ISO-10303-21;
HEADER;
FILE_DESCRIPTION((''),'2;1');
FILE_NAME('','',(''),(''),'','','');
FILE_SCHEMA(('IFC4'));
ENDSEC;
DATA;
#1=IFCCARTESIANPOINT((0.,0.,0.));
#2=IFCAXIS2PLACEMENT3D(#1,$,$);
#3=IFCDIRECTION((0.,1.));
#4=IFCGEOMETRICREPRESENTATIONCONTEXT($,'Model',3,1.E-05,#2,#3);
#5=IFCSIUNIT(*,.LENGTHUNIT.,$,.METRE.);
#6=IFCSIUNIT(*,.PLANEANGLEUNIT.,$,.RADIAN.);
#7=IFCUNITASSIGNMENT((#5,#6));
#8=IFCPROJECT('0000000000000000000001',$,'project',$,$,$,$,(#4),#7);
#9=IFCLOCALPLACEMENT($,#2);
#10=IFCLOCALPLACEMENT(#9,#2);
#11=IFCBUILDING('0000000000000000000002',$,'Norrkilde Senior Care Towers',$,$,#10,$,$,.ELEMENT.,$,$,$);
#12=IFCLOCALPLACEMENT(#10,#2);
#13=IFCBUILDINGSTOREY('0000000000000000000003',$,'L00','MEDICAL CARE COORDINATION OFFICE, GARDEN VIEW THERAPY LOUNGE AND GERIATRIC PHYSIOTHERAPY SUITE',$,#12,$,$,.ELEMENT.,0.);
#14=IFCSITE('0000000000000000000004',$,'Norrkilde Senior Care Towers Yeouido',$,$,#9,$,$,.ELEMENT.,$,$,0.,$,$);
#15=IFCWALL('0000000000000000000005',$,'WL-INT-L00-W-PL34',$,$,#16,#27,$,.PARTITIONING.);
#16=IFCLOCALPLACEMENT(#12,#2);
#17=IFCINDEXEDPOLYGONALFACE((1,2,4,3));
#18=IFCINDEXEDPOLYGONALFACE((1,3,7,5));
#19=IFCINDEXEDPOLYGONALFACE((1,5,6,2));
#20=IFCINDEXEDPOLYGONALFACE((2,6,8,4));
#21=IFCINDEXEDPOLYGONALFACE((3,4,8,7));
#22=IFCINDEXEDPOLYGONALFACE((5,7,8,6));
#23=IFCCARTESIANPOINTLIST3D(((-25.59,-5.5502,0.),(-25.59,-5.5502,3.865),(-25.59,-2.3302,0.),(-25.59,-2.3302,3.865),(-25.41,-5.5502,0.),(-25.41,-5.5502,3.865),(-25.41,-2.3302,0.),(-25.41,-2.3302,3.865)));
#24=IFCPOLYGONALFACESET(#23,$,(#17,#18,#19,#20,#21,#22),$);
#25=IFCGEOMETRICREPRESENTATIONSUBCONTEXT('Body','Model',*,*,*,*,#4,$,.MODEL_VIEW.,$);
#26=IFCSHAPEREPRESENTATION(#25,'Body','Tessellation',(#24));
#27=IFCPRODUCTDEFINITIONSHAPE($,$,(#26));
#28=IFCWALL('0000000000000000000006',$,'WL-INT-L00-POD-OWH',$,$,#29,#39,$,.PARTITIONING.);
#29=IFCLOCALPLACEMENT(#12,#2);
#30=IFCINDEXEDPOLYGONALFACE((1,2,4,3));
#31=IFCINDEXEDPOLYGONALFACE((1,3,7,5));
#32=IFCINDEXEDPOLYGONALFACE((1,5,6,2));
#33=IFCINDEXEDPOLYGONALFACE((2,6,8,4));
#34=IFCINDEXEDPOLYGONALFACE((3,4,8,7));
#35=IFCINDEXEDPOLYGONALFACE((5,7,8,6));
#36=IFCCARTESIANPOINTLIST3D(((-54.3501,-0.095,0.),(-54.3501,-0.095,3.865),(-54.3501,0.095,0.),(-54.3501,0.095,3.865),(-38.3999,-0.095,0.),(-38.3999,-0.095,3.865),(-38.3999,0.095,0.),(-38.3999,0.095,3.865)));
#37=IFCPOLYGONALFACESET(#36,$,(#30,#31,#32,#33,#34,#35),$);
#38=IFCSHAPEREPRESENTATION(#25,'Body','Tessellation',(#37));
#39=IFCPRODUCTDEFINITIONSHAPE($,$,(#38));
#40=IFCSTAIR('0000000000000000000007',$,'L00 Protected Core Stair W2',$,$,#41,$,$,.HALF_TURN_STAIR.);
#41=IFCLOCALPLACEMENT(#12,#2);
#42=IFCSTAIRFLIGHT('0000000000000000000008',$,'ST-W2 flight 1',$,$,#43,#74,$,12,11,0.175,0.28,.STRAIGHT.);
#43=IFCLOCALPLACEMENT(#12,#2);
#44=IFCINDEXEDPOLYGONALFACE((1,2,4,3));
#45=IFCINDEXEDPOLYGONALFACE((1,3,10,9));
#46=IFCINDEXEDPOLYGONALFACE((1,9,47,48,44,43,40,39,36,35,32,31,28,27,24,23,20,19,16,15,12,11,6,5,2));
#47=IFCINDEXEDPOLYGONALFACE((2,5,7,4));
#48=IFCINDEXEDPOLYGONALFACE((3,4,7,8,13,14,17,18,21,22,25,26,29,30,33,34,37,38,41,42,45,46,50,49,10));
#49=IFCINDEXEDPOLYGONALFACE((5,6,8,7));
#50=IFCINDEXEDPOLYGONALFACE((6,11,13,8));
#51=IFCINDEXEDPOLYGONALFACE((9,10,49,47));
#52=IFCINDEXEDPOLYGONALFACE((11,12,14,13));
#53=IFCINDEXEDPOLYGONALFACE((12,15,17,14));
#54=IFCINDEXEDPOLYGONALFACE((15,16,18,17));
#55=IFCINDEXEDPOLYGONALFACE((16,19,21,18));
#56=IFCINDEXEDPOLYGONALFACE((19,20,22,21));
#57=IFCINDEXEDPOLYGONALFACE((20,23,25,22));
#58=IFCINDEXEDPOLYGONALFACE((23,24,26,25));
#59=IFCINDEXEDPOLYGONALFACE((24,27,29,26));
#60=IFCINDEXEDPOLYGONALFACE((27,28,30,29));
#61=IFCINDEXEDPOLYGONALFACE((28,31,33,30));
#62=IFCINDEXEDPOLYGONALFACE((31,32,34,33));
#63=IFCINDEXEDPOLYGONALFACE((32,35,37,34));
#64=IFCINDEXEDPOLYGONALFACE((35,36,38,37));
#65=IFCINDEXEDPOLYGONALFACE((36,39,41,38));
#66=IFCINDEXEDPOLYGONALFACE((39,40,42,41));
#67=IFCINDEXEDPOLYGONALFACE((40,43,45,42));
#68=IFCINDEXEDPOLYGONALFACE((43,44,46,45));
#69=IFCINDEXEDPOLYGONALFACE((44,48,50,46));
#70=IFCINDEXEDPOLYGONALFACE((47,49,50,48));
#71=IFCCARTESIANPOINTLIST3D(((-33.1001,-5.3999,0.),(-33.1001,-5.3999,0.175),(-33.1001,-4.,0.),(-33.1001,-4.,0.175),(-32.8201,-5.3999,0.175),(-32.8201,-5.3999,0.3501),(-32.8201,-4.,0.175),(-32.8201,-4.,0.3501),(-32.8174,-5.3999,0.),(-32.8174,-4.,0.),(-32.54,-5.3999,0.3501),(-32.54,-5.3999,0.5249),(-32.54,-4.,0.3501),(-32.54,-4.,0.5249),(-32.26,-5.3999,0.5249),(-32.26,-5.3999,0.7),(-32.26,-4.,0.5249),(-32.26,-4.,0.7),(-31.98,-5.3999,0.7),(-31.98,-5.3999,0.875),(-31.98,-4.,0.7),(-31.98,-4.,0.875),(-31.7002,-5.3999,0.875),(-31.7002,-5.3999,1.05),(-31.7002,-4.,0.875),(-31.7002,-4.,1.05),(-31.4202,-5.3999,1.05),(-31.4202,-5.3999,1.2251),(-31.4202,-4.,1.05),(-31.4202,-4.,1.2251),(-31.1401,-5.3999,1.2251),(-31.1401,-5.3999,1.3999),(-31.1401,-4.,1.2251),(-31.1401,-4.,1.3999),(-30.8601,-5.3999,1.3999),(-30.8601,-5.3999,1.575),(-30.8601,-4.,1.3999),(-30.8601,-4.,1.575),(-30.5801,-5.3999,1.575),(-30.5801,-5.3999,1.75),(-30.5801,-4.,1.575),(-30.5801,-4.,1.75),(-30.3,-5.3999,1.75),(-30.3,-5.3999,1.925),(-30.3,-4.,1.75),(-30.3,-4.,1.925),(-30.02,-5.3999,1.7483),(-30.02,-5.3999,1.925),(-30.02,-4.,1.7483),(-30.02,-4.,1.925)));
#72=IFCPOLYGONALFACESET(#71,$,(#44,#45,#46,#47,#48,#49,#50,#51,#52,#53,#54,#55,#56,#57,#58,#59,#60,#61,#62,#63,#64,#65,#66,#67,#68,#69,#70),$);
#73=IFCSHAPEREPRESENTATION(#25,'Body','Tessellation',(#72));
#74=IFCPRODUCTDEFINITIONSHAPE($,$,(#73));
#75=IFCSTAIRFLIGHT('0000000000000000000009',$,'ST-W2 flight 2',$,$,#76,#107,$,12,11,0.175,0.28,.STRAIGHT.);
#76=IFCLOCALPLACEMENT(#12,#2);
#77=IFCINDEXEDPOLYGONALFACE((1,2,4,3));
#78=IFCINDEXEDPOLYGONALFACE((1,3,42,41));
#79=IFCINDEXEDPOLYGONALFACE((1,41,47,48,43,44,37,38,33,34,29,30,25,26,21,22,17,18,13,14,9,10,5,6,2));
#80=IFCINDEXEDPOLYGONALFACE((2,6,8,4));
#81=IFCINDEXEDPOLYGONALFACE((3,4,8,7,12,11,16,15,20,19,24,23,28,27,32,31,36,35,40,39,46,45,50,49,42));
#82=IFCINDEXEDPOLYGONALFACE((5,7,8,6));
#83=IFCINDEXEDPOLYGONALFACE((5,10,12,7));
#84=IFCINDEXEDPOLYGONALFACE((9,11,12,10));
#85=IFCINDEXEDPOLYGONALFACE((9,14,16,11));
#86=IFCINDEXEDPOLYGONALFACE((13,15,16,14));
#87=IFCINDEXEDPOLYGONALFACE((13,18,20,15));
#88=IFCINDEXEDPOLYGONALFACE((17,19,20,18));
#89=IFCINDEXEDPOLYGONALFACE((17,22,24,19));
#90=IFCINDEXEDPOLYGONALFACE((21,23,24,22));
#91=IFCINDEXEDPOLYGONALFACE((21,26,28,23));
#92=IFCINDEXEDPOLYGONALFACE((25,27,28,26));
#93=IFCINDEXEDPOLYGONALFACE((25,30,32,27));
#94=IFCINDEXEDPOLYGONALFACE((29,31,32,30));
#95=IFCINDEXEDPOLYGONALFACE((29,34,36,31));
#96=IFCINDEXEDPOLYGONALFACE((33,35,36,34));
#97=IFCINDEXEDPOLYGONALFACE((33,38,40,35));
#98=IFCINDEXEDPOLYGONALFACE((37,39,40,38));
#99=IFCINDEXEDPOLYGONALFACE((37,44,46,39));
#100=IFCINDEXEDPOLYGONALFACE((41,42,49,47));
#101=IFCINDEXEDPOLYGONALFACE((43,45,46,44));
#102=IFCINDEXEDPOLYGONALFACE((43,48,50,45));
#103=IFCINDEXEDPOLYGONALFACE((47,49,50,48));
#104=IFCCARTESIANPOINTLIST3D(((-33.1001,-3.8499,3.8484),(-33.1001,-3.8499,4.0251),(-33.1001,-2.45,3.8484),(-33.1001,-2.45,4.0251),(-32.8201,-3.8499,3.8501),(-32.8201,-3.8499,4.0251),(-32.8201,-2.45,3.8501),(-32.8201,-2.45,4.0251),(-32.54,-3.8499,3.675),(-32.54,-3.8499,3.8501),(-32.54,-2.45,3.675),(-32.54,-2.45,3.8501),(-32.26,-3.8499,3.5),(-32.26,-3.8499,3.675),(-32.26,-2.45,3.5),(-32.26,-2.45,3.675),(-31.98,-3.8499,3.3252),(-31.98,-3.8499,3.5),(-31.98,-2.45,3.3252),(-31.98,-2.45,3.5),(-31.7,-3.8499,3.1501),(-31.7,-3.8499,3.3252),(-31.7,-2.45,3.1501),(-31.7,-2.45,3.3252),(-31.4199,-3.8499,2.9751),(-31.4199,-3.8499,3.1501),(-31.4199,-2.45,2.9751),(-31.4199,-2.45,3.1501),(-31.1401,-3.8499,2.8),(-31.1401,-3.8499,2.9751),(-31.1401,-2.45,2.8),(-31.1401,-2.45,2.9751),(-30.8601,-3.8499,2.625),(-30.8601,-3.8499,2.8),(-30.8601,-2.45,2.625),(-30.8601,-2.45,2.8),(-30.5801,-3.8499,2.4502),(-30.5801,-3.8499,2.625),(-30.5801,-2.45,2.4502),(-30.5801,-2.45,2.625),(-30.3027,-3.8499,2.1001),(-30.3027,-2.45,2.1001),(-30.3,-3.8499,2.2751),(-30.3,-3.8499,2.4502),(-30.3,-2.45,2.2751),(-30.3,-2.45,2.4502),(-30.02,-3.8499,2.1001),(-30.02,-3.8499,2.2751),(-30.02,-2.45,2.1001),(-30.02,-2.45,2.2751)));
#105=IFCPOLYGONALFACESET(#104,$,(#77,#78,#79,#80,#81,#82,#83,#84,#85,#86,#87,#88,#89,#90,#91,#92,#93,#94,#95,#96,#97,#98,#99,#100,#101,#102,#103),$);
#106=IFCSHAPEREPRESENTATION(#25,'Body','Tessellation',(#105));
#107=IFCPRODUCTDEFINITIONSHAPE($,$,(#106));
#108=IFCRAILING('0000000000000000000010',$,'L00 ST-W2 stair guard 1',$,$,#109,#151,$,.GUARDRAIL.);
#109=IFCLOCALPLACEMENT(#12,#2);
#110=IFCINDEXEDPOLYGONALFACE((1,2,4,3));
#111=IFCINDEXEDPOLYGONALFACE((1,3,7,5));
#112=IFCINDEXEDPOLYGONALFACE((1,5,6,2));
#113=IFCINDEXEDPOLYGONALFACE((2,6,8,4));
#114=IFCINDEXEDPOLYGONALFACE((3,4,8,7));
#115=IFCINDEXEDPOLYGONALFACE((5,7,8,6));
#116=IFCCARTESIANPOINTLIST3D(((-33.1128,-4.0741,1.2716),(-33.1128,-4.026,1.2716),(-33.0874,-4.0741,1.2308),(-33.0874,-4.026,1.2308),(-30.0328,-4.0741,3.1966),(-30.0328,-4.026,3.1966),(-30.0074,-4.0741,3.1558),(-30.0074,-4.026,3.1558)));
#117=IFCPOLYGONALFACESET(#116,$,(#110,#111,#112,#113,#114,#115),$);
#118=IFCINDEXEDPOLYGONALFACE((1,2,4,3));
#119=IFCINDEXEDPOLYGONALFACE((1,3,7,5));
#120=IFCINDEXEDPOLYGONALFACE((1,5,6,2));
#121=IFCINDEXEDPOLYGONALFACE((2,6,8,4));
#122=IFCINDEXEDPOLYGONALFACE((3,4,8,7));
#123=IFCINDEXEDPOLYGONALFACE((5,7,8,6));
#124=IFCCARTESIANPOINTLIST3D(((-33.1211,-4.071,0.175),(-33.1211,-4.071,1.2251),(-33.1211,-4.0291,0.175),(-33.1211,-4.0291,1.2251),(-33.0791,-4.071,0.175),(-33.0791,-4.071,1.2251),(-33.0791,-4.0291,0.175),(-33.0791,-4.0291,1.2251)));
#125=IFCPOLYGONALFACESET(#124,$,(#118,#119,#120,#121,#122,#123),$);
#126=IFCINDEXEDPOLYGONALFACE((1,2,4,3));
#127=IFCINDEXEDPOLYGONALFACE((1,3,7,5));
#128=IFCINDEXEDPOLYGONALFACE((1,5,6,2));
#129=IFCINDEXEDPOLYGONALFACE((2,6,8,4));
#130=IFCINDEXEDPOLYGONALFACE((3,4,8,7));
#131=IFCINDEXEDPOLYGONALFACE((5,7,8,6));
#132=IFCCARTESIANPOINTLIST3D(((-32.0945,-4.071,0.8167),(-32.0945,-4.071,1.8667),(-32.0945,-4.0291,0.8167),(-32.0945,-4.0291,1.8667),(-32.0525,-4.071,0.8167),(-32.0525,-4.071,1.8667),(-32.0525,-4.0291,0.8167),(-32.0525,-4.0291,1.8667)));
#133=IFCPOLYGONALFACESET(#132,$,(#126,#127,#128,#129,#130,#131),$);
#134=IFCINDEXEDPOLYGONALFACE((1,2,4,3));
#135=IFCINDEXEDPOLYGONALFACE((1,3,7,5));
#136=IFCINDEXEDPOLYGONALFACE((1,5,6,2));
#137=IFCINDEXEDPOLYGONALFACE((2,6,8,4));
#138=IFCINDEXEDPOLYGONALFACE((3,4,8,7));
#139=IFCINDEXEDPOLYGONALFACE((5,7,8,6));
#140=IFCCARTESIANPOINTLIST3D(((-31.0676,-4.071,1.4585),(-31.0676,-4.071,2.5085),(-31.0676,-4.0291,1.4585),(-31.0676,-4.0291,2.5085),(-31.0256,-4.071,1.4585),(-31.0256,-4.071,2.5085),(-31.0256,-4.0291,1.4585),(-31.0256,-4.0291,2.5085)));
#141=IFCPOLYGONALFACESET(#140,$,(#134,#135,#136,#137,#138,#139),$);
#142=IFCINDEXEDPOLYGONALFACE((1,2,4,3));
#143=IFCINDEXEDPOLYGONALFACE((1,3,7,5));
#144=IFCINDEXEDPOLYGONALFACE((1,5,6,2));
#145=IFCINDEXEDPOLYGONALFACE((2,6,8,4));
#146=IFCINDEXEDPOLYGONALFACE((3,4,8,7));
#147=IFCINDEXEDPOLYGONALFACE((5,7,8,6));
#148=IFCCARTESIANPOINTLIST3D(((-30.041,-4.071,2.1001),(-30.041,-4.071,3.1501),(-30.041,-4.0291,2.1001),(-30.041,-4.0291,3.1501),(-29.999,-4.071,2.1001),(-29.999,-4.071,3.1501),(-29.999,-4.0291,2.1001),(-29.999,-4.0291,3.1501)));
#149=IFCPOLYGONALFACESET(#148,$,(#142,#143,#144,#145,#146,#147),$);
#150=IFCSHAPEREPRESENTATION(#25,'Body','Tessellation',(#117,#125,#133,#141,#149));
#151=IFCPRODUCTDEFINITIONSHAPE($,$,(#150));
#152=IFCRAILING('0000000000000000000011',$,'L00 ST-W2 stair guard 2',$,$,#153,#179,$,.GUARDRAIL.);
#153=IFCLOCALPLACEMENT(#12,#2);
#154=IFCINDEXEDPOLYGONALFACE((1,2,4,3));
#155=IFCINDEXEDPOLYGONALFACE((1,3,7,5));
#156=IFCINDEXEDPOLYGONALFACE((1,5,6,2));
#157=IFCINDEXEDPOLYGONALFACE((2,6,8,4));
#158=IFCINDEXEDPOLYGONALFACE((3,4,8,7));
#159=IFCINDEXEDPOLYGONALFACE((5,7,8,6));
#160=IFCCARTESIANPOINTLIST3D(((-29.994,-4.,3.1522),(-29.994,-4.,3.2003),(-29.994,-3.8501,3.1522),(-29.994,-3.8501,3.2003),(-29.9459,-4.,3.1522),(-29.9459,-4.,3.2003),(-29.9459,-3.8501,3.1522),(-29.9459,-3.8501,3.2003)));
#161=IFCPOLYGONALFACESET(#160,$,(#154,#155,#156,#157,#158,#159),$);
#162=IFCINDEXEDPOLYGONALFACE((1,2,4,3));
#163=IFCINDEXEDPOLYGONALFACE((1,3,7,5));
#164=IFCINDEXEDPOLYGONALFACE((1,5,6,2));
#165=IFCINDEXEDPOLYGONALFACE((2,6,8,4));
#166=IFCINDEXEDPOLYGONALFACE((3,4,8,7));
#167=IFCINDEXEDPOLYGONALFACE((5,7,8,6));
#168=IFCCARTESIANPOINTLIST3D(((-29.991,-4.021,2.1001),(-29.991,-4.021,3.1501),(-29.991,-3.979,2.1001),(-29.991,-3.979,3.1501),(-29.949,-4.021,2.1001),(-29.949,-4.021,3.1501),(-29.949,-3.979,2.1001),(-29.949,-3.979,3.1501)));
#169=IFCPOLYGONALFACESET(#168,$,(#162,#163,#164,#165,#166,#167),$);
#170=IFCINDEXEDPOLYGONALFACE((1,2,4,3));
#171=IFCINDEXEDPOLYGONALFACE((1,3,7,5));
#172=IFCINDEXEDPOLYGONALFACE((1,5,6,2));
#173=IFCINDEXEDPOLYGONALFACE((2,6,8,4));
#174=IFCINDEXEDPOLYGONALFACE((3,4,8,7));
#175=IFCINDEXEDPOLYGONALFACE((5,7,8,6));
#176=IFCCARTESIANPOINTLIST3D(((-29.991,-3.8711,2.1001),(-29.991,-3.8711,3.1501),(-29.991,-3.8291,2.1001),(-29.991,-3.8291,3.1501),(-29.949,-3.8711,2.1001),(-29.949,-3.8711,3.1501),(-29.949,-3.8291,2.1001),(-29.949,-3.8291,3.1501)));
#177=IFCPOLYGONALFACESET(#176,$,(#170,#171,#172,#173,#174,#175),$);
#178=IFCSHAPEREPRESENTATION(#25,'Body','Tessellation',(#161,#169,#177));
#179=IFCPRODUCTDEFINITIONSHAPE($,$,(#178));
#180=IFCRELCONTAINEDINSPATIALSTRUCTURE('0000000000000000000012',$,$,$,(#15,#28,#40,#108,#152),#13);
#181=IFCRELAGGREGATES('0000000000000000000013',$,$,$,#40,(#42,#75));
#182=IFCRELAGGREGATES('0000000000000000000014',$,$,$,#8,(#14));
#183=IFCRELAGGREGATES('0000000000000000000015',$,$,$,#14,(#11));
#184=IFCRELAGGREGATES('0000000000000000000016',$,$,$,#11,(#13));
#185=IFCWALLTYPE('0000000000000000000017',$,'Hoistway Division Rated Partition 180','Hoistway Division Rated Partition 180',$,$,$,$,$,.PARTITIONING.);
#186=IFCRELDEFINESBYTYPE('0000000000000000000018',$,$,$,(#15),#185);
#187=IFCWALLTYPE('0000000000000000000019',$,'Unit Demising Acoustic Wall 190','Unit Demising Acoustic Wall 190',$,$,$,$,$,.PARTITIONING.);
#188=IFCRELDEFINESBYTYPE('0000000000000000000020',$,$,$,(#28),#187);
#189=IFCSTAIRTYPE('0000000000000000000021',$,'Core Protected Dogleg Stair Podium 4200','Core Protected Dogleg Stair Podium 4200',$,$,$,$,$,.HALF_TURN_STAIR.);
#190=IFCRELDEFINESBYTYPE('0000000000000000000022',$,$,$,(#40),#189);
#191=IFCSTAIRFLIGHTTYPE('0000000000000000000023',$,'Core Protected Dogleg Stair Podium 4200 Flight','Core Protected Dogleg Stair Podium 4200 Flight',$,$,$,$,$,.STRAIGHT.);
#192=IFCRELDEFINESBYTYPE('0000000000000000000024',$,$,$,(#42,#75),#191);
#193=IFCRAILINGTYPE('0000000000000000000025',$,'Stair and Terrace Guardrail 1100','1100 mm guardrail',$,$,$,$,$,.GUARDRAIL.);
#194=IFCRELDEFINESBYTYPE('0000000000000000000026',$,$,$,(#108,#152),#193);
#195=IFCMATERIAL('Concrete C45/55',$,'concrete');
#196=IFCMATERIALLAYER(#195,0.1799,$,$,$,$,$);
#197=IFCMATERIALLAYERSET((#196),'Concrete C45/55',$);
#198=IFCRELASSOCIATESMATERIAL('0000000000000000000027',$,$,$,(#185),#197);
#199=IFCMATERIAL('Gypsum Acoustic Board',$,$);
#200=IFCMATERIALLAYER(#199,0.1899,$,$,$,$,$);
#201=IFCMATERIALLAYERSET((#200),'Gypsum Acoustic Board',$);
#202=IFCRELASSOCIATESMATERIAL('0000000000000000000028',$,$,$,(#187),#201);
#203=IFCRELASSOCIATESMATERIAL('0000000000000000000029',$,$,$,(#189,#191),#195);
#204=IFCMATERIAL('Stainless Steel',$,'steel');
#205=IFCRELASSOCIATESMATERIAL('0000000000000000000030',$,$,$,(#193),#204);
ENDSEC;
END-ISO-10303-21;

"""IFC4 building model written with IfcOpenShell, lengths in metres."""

from ifc_helpers import new_model, si_unit, direction, frame, frame_2d, origin, origin_2d, place, context, subcontext, project, spatial, polyline, rectangle, outline, extrude, source, transform, mapped, material, layer, layer_set, type_object, type_shapes, element, aggregate, save


model = new_model("IFC4")

# Units and contexts
model_context = context("Model", 3, precision=1e-05, world=origin(), true_north=direction((0.0, 1.0)))
body_context = subcontext(model_context, "Body", "Model", "MODEL_VIEW")
ifc_project = project(units=[si_unit("LENGTHUNIT", "METRE"), si_unit("PLANEANGLEUNIT", "RADIAN")], contexts=[model_context])

# Site, building, storey
site_placement = place(None, origin())
site = spatial("IfcSite", under=ifc_project, at=site_placement, Name="Norrkilde Senior Care Towers Yeouido", CompositionType="ELEMENT", RefElevation=0.0)
building_placement = place(site_placement, origin())
building = spatial("IfcBuilding", under=site, at=building_placement, Name="Norrkilde Senior Care Towers", CompositionType="ELEMENT")
storey_placement = place(building_placement, origin())
storey = spatial("IfcBuildingStorey", under=building, at=storey_placement, Name="L00", Description="MEDICAL CARE COORDINATION OFFICE, GARDEN VIEW THERAPY LOUNGE AND GERIATRIC PHYSIOTHERAPY SUITE", CompositionType="ELEMENT", Elevation=0.0)

# Shared definitions
ifc_material_1 = material(Name="Concrete C45/55", Category="concrete")

# Shared definitions
ifc_material_2 = material(Name="Stainless Steel", Category="steel")

# Shared definitions
ifc_material_3 = material(Name="Gypsum Acoustic Board")

# Walls
ifc_layer_1 = layer(ifc_material_1, 0.1799)
ifc_layer_set_1 = layer_set([ifc_layer_1], Name="Concrete C45/55")
wall_type_1 = type_object("IfcWallType", Name="Hoistway Division Rated Partition 180", Description="Hoistway Division Rated Partition 180", PredefinedType="PARTITIONING", material=ifc_layer_set_1)
shared_shape_1 = source(origin(), body_context, "Body", "SweptSolid", [
    extrude(rectangle(XDim=3.22, YDim=0.1799, at=frame_2d((1.6099, 0.0))), origin(), (0.0, 0.0, 1.0), 3.865),
])
type_shapes(wall_type_1, [shared_shape_1])
wall_1_placement = place(storey_placement, frame((-25.5, -5.55, 0.0), z_axis=(0.0, 0.0, 1.0), x_axis=(0.0, 1.0, 0.0)))
element("IfcWall", 1, at=wall_1_placement, inside=storey, type_object=wall_type_1, Name="WL-INT-L00-W-PL34", PredefinedType="PARTITIONING", context=body_context, shape_type="MappedRepresentation", body=[
    mapped(shared_shape_1, transform((0.0, 0.0, 0.0), x_axis=(1.0, 0.0, 0.0), y_axis=(0.0, 1.0, 0.0), z_axis=(0.0, 0.0, 1.0), scale=1.0)),
])
ifc_layer_2 = layer(ifc_material_3, 0.1899)
ifc_layer_set_2 = layer_set([ifc_layer_2], Name="Gypsum Acoustic Board")
wall_type_2 = type_object("IfcWallType", Name="Unit Demising Acoustic Wall 190", Description="Unit Demising Acoustic Wall 190", PredefinedType="PARTITIONING", material=ifc_layer_set_2)
shared_shape_2 = source(origin(), body_context, "Body", "SweptSolid", [
    extrude(rectangle(XDim=15.9502, YDim=0.1899, at=frame_2d((7.9751, 0.0))), origin(), (0.0, 0.0, 1.0), 3.865),
])
type_shapes(wall_type_2, [shared_shape_2])
wall_2_placement = place(storey_placement, frame((-54.3501, 0.0, 0.0), z_axis=(0.0, 0.0, 1.0), x_axis=(1.0, 0.0, 0.0)))
element("IfcWall", 2, at=wall_2_placement, inside=storey, type_object=wall_type_2, Name="WL-INT-L00-POD-OWH", PredefinedType="PARTITIONING", context=body_context, shape_type="MappedRepresentation", body=[
    mapped(shared_shape_2, transform((0.0, 0.0, 0.0), x_axis=(1.0, 0.0, 0.0), y_axis=(0.0, 1.0, 0.0), z_axis=(0.0, 0.0, 1.0), scale=1.0)),
])

# Stair, stair flights
stair_type = type_object("IfcStairType", Name="Core Protected Dogleg Stair Podium 4200", Description="Core Protected Dogleg Stair Podium 4200", PredefinedType="HALF_TURN_STAIR", material=ifc_material_1)
stair_placement = place(storey_placement, origin())
stair = element("IfcStair", 3, at=stair_placement, inside=storey, type_object=stair_type, Name="L00 Protected Core Stair W2", PredefinedType="HALF_TURN_STAIR")
stair_flight_type = type_object("IfcStairFlightType", Name="Core Protected Dogleg Stair Podium 4200 Flight", Description="Core Protected Dogleg Stair Podium 4200 Flight", PredefinedType="STRAIGHT", material=ifc_material_1)
stair_flight_1_placement = place(storey_placement, frame((-33.1001, -4.7, 0.0), z_axis=(0.0, 0.0, 1.0), x_axis=(1.0, 0.0, 0.0)))
stair_flight_1 = element("IfcStairFlight", 4, at=stair_flight_1_placement, type_object=stair_flight_type, Name="ST-W2 flight 1", NumberOfRisers=12, NumberOfTreads=11, PredefinedType="STRAIGHT", RiserHeight=0.175, TreadLength=0.28, context=body_context, shape_type="SweptSolid", body=[
    extrude(outline(polyline([(0.0, 0.0), (0.0, 0.175), (0.28, 0.175), (0.28, 0.3501), (0.5601, 0.3501), (0.5601, 0.5249), (0.8401, 0.5249), (0.8401, 0.7), (1.1201, 0.7), (1.1201, 0.875), (1.3999, 0.875), (1.3999, 1.05), (1.6799, 1.05), (1.6799, 1.2251), (1.96, 1.2251), (1.96, 1.3999), (2.24, 1.3999), (2.24, 1.575), (2.52, 1.575), (2.52, 1.75), (2.8, 1.75), (2.8, 1.925), (3.0801, 1.925), (3.0801, 2.1001), (3.0801, 1.7483), (0.2827, 0.0), (0.0, 0.0)])), frame((0.0, 0.7, 0.0), z_axis=(0.0, -1.0, 0.0), x_axis=(1.0, 0.0, 0.0)), (0.0, 0.0, 1.0), 1.3999),
])
stair_flight_2_placement = place(storey_placement, frame((-30.02, -3.1499, 2.1001), z_axis=(0.0, 0.0, 1.0), x_axis=(-1.0, 0.0, 0.0)))
stair_flight_2 = element("IfcStairFlight", 5, at=stair_flight_2_placement, type_object=stair_flight_type, Name="ST-W2 flight 2", NumberOfRisers=12, NumberOfTreads=11, PredefinedType="STRAIGHT", RiserHeight=0.175, TreadLength=0.28, context=body_context, shape_type="SweptSolid", body=[
    extrude(outline(polyline([(0.0, 0.0), (0.0, 0.175), (0.28, 0.175), (0.28, 0.3501), (0.5601, 0.3501), (0.5601, 0.5249), (0.8401, 0.5249), (0.8401, 0.7), (1.1201, 0.7), (1.1201, 0.875), (1.3999, 0.875), (1.3999, 1.05), (1.6799, 1.05), (1.6799, 1.2251), (1.96, 1.2251), (1.96, 1.3999), (2.24, 1.3999), (2.24, 1.575), (2.52, 1.575), (2.52, 1.75), (2.8, 1.75), (2.8, 1.925), (3.0801, 1.925), (3.0801, 2.1001), (3.0801, 1.7483), (0.2827, 0.0), (0.0, 0.0)])), frame((0.0, 0.7, 0.0), z_axis=(0.0, -1.0, 0.0), x_axis=(1.0, 0.0, 0.0)), (0.0, 0.0, 1.0), 1.3999),
])
aggregate(stair, [stair_flight_1, stair_flight_2])

# Railings
railing_type_1 = type_object("IfcRailingType", Name="Stair and Terrace Guardrail 1100", Description="1100 mm guardrail", PredefinedType="GUARDRAIL", material=ifc_material_2)
railing_1_placement = place(storey_placement, frame((-33.1001, -4.05, 0.175)))
element("IfcRailing", 6, at=railing_1_placement, inside=storey, type_object=railing_type_1, Name="L00 ST-W2 stair guard 1", PredefinedType="GUARDRAIL", context=body_context, shape_type="SweptSolid", body=[
    extrude(rectangle(XDim=0.0481, YDim=0.0481, at=origin_2d()), frame((0.0, 0.0, 1.0762), z_axis=(0.847998, 0.0, 0.529999), x_axis=(0.0, 1.0, 0.0)), (0.0, 0.0, 1.0), 3.6321),
    extrude(rectangle(XDim=0.042, YDim=0.042, at=origin_2d()), origin(), (0.0, 0.0, 1.0), 1.05),
    extrude(rectangle(XDim=0.042, YDim=0.042, at=origin_2d()), frame((1.0266, 0.0, 0.6416)), (0.0, 0.0, 1.0), 1.05),
    extrude(rectangle(XDim=0.042, YDim=0.042, at=origin_2d()), frame((2.0535, 0.0, 1.2834)), (0.0, 0.0, 1.0), 1.05),
    extrude(rectangle(XDim=0.042, YDim=0.042, at=origin_2d()), frame((3.0801, 0.0, 1.925)), (0.0, 0.0, 1.0), 1.05),
])
railing_2_placement = place(storey_placement, frame((-29.97, -4.0, 2.1001)))
element("IfcRailing", 7, at=railing_2_placement, inside=storey, type_object=railing_type_1, Name="L00 ST-W2 stair guard 2", PredefinedType="GUARDRAIL", context=body_context, shape_type="SweptSolid", body=[
    extrude(rectangle(XDim=0.0481, YDim=0.0481, at=origin_2d()), frame((0.0, 0.0, 1.0762), z_axis=(0.0, 1.0, 0.0), x_axis=(-1.0, 0.0, 0.0)), (0.0, 0.0, 1.0), 0.1499),
    extrude(rectangle(XDim=0.042, YDim=0.042, at=origin_2d()), origin(), (0.0, 0.0, 1.0), 1.05),
    extrude(rectangle(XDim=0.042, YDim=0.042, at=origin_2d()), frame((0.0, 0.1499, 0.0)), (0.0, 0.0, 1.0), 1.05),
])

save(model, "model.ifc")
